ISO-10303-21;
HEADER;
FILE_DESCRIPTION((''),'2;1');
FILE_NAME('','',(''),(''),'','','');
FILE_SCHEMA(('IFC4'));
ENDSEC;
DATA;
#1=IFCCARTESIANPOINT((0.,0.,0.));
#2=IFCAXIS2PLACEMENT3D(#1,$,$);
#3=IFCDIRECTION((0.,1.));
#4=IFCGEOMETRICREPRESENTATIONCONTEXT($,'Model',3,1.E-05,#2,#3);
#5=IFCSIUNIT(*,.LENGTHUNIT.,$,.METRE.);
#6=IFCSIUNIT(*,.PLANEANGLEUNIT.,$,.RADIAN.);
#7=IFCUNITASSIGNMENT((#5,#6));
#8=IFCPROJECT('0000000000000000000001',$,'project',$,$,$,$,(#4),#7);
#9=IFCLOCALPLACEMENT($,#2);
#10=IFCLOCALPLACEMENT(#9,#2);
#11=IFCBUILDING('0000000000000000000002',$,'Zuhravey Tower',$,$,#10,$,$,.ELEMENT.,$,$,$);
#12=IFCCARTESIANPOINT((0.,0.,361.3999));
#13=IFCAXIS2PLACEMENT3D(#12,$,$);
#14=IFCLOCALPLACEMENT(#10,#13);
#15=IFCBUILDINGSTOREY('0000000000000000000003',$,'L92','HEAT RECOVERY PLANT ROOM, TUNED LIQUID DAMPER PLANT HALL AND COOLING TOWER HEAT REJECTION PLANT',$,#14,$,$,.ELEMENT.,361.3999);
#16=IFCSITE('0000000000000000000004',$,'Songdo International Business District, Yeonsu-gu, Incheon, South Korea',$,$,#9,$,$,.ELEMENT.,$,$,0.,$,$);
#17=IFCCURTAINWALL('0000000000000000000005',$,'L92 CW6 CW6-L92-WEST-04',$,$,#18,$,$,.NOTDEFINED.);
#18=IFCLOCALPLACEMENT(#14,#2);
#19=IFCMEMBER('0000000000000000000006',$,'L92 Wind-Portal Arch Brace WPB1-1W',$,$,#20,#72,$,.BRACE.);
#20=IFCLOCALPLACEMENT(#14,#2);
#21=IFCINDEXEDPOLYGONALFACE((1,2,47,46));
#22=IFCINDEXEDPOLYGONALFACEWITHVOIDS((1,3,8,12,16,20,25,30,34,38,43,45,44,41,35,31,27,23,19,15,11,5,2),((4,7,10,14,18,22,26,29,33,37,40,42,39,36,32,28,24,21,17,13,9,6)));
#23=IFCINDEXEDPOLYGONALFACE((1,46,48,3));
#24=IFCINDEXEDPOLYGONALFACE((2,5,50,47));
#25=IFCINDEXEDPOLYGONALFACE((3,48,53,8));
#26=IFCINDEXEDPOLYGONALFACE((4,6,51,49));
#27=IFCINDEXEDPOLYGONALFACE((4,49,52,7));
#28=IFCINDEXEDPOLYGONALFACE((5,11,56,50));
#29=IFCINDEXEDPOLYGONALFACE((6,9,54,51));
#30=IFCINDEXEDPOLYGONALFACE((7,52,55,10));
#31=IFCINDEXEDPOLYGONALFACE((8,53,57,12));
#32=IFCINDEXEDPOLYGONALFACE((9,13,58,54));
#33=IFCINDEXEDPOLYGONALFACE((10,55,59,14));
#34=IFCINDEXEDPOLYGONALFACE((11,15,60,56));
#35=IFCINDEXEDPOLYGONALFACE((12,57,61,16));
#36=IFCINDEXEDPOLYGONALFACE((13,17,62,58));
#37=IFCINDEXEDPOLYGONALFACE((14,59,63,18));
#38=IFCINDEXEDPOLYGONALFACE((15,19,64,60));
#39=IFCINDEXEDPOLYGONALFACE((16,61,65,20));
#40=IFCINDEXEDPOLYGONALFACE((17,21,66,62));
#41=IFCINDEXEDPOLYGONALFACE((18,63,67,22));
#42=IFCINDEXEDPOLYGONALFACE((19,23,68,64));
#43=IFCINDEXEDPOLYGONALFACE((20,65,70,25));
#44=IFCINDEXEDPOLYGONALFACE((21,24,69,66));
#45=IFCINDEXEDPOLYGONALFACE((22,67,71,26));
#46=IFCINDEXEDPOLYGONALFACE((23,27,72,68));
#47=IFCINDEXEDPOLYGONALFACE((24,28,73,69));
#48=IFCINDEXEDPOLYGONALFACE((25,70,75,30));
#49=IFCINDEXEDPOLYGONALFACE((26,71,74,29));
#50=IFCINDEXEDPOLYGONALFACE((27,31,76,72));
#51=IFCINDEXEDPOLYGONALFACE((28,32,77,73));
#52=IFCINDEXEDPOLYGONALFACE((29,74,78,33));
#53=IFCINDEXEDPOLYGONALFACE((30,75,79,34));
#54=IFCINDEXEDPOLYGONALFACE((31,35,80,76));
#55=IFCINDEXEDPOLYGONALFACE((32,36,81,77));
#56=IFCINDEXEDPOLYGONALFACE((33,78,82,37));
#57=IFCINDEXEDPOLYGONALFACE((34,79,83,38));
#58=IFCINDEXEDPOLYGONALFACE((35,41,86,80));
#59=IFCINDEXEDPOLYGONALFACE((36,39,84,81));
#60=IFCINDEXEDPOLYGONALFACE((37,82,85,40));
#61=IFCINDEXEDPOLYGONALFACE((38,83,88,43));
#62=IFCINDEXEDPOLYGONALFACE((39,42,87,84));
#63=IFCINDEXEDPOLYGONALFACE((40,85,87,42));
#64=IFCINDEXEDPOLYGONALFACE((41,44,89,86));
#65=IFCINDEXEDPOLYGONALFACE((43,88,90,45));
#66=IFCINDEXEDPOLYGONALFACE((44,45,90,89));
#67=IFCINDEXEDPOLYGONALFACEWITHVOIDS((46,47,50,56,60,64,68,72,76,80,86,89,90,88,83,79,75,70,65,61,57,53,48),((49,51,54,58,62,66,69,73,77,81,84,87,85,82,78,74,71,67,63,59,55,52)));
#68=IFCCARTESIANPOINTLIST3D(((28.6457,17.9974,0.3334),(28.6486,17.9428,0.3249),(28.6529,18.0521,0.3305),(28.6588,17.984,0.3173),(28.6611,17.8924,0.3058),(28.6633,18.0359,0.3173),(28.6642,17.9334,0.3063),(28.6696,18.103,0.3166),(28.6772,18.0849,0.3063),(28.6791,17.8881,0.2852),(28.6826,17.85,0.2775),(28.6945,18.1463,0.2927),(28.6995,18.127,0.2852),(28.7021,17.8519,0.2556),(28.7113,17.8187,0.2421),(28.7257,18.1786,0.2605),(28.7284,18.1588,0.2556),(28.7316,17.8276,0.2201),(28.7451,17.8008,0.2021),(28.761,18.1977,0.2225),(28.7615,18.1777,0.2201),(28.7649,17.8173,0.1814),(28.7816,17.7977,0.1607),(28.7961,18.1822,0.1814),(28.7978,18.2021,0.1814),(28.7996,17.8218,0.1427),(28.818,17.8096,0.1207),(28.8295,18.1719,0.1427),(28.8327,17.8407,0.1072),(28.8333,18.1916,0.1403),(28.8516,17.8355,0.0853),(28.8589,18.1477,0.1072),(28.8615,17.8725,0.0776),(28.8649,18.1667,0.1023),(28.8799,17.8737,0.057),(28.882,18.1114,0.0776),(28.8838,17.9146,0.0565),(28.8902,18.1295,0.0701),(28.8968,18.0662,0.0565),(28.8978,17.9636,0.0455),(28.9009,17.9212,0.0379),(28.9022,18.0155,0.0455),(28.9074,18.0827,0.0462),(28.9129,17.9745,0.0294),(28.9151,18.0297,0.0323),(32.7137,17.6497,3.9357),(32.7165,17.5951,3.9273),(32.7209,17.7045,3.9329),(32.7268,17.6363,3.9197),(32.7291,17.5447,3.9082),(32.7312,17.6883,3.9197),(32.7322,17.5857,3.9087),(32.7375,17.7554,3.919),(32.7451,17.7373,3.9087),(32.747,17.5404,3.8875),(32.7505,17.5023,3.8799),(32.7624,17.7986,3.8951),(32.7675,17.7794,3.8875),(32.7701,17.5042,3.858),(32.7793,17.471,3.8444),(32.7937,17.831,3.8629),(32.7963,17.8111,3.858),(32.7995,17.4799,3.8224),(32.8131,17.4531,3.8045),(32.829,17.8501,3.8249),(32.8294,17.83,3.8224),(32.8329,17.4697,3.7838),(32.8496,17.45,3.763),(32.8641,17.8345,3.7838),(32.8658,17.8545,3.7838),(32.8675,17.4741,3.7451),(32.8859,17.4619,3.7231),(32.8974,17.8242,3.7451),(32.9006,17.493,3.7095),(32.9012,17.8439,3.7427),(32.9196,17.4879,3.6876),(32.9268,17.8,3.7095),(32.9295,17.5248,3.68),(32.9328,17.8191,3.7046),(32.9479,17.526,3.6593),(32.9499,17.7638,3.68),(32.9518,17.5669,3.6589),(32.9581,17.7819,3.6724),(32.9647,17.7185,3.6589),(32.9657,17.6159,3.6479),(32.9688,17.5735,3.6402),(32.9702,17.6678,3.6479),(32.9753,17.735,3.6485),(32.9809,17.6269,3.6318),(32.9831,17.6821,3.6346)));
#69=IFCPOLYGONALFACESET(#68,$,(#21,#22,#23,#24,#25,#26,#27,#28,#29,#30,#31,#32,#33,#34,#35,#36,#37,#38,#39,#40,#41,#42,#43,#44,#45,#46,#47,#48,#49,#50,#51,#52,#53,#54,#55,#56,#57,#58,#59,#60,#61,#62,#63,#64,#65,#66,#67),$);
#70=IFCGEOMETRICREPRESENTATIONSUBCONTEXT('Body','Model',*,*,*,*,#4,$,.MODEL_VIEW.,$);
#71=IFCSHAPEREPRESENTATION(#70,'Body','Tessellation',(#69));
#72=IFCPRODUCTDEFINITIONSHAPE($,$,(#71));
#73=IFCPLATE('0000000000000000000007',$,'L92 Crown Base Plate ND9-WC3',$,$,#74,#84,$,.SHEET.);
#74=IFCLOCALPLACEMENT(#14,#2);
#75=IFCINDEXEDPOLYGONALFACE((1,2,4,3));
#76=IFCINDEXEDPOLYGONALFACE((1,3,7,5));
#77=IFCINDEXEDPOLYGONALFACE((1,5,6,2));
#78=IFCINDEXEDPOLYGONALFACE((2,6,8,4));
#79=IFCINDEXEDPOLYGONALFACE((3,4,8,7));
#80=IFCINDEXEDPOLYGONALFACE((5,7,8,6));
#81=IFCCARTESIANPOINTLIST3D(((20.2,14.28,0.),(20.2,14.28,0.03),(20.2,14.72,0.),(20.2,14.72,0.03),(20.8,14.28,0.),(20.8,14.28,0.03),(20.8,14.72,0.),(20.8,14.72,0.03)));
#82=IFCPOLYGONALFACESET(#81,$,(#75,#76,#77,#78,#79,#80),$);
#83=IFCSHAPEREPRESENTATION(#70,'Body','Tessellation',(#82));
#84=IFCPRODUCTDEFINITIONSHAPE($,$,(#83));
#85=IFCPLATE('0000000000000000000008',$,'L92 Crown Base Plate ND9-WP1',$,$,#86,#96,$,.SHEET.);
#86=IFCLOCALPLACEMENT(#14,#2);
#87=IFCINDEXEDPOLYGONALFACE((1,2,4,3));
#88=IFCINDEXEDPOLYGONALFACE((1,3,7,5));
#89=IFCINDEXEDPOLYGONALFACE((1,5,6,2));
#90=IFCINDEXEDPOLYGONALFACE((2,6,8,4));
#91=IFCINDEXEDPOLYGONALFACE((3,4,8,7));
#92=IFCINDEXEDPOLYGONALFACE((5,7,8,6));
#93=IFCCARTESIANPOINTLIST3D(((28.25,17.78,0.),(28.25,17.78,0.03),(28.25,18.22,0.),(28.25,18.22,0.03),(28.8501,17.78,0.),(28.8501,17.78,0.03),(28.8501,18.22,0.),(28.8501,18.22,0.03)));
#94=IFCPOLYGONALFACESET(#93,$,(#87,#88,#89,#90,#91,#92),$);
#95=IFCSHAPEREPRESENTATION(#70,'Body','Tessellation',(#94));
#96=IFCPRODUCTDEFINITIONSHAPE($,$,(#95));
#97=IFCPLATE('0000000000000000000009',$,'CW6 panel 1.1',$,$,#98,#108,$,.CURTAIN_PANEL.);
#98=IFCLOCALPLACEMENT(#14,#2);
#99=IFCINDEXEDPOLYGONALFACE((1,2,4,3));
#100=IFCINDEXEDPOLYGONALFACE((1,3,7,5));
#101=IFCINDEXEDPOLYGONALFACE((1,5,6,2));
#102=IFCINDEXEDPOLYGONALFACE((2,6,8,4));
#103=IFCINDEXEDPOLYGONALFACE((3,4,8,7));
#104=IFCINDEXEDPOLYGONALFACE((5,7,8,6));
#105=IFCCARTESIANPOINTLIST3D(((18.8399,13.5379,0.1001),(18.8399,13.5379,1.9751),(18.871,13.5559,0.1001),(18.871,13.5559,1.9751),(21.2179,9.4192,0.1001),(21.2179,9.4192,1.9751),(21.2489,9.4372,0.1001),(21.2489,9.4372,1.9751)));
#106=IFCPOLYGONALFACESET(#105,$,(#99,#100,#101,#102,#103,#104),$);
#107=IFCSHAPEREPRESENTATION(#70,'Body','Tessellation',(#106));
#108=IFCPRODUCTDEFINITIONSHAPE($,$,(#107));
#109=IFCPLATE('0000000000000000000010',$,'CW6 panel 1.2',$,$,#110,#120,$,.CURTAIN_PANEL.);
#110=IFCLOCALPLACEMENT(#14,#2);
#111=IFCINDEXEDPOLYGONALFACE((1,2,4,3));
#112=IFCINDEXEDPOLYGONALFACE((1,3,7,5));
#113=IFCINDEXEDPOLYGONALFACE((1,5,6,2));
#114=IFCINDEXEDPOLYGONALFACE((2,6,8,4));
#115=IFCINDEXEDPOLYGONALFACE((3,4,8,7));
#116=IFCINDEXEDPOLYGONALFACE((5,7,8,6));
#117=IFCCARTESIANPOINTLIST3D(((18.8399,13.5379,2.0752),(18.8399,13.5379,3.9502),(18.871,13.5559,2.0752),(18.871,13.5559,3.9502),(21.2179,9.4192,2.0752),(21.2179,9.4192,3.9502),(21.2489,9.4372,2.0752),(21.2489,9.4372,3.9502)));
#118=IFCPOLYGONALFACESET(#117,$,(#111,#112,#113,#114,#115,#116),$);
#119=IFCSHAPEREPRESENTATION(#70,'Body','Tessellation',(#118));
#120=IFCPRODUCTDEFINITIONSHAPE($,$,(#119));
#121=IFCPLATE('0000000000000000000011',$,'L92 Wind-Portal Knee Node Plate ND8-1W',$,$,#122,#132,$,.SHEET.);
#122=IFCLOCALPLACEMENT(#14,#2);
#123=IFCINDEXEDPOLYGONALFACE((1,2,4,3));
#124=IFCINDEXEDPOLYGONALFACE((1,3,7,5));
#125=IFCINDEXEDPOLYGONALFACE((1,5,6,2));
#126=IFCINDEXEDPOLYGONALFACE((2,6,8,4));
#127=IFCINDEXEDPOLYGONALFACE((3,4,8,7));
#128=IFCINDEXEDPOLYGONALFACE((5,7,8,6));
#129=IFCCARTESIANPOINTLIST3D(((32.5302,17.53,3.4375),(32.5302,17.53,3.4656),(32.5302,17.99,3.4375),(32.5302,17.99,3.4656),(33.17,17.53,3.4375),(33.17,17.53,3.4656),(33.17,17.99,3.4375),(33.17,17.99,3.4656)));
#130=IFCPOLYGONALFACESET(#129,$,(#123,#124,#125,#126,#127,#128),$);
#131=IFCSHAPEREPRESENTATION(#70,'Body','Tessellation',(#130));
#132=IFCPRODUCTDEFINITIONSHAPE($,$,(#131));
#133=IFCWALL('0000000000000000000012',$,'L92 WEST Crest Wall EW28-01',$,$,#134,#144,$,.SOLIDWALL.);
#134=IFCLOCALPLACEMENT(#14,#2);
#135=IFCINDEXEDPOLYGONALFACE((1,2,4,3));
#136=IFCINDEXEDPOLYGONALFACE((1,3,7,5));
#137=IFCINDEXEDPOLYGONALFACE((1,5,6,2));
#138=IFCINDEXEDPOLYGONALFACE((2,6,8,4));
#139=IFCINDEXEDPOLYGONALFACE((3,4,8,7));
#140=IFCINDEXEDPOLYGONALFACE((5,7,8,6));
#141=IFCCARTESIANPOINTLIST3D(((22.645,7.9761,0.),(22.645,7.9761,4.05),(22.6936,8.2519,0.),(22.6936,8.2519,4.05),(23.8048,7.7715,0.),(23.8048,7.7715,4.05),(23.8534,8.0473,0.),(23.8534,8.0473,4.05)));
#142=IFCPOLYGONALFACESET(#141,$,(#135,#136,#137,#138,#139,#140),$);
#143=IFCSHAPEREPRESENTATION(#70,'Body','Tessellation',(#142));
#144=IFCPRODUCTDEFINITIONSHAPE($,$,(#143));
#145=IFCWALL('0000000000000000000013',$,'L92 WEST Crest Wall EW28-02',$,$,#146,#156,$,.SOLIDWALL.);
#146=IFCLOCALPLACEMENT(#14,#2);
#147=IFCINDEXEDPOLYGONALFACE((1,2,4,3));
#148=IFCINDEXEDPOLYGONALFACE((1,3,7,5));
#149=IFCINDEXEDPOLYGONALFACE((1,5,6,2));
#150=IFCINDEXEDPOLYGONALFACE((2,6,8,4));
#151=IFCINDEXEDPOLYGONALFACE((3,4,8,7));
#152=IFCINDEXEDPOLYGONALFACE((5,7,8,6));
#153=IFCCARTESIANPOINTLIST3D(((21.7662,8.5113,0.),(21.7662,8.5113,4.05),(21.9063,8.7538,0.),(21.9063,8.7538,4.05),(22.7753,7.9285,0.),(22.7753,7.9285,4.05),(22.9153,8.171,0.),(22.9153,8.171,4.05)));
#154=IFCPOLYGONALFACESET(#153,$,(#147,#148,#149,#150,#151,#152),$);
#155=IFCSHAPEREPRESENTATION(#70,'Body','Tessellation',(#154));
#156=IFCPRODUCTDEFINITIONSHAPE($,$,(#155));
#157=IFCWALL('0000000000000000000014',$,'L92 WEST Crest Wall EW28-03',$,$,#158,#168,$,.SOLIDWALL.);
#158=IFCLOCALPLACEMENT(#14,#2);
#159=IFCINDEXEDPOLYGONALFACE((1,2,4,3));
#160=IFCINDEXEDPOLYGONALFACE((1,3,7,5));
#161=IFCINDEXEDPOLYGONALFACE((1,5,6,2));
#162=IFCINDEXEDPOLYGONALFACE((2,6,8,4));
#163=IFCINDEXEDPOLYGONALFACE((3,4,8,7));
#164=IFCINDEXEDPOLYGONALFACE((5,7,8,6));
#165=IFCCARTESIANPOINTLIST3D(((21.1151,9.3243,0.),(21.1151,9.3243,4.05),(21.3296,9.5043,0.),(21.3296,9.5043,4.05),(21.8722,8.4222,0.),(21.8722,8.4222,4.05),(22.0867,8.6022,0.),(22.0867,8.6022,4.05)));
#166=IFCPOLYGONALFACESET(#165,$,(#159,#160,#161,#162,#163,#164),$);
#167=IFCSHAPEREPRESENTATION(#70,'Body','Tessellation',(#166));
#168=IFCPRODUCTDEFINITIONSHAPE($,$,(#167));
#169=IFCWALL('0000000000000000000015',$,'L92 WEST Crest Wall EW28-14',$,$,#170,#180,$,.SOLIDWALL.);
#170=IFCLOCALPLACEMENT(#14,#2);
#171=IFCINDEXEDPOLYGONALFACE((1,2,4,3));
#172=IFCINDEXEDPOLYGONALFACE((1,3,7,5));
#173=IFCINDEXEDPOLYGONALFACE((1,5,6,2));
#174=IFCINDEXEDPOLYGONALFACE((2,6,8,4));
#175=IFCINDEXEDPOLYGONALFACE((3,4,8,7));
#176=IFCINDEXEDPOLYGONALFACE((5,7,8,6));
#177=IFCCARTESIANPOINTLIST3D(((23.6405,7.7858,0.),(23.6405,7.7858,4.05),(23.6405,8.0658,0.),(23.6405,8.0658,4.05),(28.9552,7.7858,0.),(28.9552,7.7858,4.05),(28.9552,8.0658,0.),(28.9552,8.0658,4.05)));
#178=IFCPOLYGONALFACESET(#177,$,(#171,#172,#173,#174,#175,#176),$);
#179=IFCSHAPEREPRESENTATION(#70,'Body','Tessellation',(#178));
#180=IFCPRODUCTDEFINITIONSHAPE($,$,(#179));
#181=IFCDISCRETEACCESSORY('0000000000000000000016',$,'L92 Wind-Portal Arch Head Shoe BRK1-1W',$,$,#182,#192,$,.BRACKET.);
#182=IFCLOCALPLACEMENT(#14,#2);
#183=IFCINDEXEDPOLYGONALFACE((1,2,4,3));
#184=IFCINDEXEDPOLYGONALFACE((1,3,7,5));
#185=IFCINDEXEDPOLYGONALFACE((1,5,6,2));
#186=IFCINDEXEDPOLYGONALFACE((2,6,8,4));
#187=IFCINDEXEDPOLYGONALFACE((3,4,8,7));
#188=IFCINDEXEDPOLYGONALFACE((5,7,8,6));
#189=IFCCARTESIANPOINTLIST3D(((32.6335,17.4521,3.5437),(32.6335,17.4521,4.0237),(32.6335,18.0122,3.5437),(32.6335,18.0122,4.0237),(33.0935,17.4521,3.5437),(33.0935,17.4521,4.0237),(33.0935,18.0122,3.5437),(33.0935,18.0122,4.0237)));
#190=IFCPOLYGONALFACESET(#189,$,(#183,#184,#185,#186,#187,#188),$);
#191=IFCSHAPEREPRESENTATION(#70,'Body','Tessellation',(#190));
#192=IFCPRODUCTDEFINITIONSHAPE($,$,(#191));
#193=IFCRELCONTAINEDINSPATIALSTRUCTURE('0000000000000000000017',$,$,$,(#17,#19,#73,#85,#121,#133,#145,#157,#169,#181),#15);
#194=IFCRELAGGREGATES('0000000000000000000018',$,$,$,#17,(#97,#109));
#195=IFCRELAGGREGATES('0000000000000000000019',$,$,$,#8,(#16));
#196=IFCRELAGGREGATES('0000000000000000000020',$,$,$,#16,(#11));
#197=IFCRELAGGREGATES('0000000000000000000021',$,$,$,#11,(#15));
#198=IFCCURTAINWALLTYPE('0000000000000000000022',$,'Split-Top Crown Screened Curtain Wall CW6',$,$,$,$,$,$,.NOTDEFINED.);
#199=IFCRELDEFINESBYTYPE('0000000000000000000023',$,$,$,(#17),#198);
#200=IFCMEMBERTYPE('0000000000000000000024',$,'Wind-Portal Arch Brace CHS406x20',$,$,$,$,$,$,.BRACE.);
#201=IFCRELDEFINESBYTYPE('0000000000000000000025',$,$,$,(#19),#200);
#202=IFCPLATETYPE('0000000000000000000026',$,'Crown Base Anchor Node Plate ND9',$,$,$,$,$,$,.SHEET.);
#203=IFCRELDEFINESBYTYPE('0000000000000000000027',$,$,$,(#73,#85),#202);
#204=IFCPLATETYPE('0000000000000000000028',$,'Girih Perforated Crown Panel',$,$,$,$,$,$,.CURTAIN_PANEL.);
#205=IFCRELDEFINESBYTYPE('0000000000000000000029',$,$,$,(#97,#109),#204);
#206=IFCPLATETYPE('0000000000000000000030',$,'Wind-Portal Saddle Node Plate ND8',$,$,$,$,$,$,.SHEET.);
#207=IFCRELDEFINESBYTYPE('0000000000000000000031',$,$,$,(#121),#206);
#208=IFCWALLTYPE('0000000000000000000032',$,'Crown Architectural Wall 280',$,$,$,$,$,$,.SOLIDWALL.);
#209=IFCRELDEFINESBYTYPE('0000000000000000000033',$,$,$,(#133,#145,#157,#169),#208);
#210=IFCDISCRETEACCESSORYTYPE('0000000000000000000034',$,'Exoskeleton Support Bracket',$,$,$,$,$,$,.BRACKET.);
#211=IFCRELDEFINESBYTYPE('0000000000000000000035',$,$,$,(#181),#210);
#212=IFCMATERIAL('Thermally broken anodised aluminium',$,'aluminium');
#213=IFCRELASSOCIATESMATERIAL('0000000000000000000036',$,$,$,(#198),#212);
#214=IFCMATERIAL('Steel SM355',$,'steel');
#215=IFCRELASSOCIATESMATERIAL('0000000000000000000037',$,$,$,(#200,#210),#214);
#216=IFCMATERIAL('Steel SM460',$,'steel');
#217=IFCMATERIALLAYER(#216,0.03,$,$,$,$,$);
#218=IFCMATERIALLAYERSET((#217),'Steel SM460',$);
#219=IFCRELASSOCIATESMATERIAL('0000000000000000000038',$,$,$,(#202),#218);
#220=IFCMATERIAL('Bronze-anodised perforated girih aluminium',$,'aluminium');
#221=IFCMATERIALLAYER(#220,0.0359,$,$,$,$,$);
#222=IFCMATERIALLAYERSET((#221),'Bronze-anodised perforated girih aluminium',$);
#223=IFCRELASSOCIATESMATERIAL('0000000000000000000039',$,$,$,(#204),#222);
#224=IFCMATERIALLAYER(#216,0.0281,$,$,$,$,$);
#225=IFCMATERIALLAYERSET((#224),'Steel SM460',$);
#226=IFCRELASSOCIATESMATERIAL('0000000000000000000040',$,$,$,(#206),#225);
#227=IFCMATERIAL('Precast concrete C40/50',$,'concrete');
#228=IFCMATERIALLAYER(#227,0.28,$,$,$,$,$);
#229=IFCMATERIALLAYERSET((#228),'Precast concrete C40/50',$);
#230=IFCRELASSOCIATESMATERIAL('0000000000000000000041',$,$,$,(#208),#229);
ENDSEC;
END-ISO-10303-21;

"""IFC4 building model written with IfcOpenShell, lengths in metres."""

from ifc_helpers import new_model, si_unit, direction, frame, frame_2d, origin, origin_2d, place, context, subcontext, project, spatial, rectangle, hollow_circle, extrude, material, layer, layer_set, material_profile, profile_set, type_object, element, aggregate, save


model = new_model("IFC4")

# Units and contexts
model_context = context("Model", 3, precision=1e-05, world=origin(), true_north=direction((0.0, 1.0)))
body_context = subcontext(model_context, "Body", "Model", "MODEL_VIEW")
ifc_project = project(units=[si_unit("LENGTHUNIT", "METRE"), si_unit("PLANEANGLEUNIT", "RADIAN")], contexts=[model_context])

# Site, building, storey
site_placement = place(None, origin())
site = spatial("IfcSite", under=ifc_project, at=site_placement, Name="Songdo International Business District, Yeonsu-gu, Incheon, South Korea", CompositionType="ELEMENT", RefElevation=0.0)
building_placement = place(site_placement, origin())
building = spatial("IfcBuilding", under=site, at=building_placement, Name="Zuhravey Tower", CompositionType="ELEMENT")
storey_placement = place(building_placement, frame((0.0, 0.0, 361.3999)))
storey = spatial("IfcBuildingStorey", under=building, at=storey_placement, Name="L92", Description="HEAT RECOVERY PLANT ROOM, TUNED LIQUID DAMPER PLANT HALL AND COOLING TOWER HEAT REJECTION PLANT", CompositionType="ELEMENT", Elevation=361.3999)

# Shared definitions
ifc_material_1 = material(Name="Steel SM355", Category="steel")

# Curtain wall
ifc_material_2 = material(Name="Thermally broken anodised aluminium", Category="aluminium")
curtain_wall_type = type_object("IfcCurtainWallType", Name="Split-Top Crown Screened Curtain Wall CW6", PredefinedType="NOTDEFINED", material=ifc_material_2)
curtain_wall_placement = place(storey_placement, origin())
curtain_wall = element("IfcCurtainWall", 1, at=curtain_wall_placement, inside=storey, type_object=curtain_wall_type, Name="L92 CW6 CW6-L92-WEST-04", PredefinedType="NOTDEFINED")

# Member
ifc_material_profile_1 = material_profile(ifc_material_1, hollow_circle(Radius=0.2031, WallThickness=0.02, at=origin_2d()), Name="CHS-406.4x20")
ifc_profile_set_1 = profile_set([ifc_material_profile_1], Name="Steel SM355")
member_type_1 = type_object("IfcMemberType", Name="Wind-Portal Arch Brace CHS406x20", PredefinedType="BRACE", material=ifc_profile_set_1)
member_1_placement = place(storey_placement, frame((28.7805, 17.9998, 0.1814), z_axis=(0.747122, -0.063852, 0.661613), x_axis=(0.085154, 0.996368, 0.0)))
element("IfcMember", 2, at=member_1_placement, inside=storey, type_object=member_type_1, Name="L92 Wind-Portal Arch Brace WPB1-1W", PredefinedType="BRACE", context=body_context, shape_type="SweptSolid", body=[
    extrude(hollow_circle(Radius=0.2031, WallThickness=0.02, at=origin_2d()), origin(), (0.0, 0.0, 1.0), 5.4448),
])

# Plates
ifc_material_3 = material(Name="Steel SM460", Category="steel")
ifc_layer_1 = layer(ifc_material_3, 0.03)
ifc_layer_set_1 = layer_set([ifc_layer_1], Name="Steel SM460")
plate_type_1 = type_object("IfcPlateType", Name="Crown Base Anchor Node Plate ND9", PredefinedType="SHEET", material=ifc_layer_set_1)
for number, where, z_axis, x_axis, name in (
    (3, (20.5, 14.5, 0.0), (0.0, 0.0, 1.0), (1.0, 0.0, 0.0), "L92 Crown Base Plate ND9-WC3"),
    (4, (28.55, 18.0, 0.0), (0.0, 0.0, 1.0), (1.0, 0.0, 0.0), "L92 Crown Base Plate ND9-WP1"),
):
    element("IfcPlate", number, at=place(storey_placement, frame(where, z_axis=z_axis, x_axis=x_axis)), inside=storey, type_object=plate_type_1, Name=name, PredefinedType="SHEET", context=body_context, shape_type="SweptSolid", body=[
        extrude(rectangle(XDim=0.6001, YDim=0.4399, at=origin_2d()), origin(), (0.0, 0.0, 1.0), 0.03),
    ])

# Plates
ifc_material_4 = material(Name="Bronze-anodised perforated girih aluminium", Category="aluminium")
ifc_layer_2 = layer(ifc_material_4, 0.0359)
ifc_layer_set_2 = layer_set([ifc_layer_2], Name="Bronze-anodised perforated girih aluminium")
plate_type_2 = type_object("IfcPlateType", Name="Girih Perforated Crown Panel", PredefinedType="CURTAIN_PANEL", material=ifc_layer_set_2)
plate_1_placement = place(storey_placement, frame((20.0444, 11.4875, 0.1001), z_axis=(0.0, 0.0, 1.0), x_axis=(-0.499997, 0.866027, 0.0)))
plate_1 = element("IfcPlate", 5, at=plate_1_placement, type_object=plate_type_2, Name="CW6 panel 1.1", PredefinedType="CURTAIN_PANEL", context=body_context, shape_type="SweptSolid", body=[
    extrude(rectangle(XDim=4.7559, YDim=0.0359, at=origin_2d()), origin(), (0.0, 0.0, 1.0), 1.875),
])
plate_2_placement = place(storey_placement, frame((20.0444, 11.4875, 2.0752), z_axis=(0.0, 0.0, 1.0), x_axis=(-0.499997, 0.866027, 0.0)))
plate_2 = element("IfcPlate", 6, at=plate_2_placement, type_object=plate_type_2, Name="CW6 panel 1.2", PredefinedType="CURTAIN_PANEL", context=body_context, shape_type="SweptSolid", body=[
    extrude(rectangle(XDim=4.7559, YDim=0.0359, at=origin_2d()), origin(), (0.0, 0.0, 1.0), 1.875),
])
aggregate(curtain_wall, [plate_1, plate_2])
ifc_layer_3 = layer(ifc_material_3, 0.0281)
ifc_layer_set_3 = layer_set([ifc_layer_3], Name="Steel SM460")
plate_type_3 = type_object("IfcPlateType", Name="Wind-Portal Saddle Node Plate ND8", PredefinedType="SHEET", material=ifc_layer_set_3)
plate_3_placement = place(storey_placement, frame((32.8501, 17.76, 3.4375), z_axis=(0.0, 0.0, 1.0), x_axis=(1.0, 0.0, 0.0)))
element("IfcPlate", 7, at=plate_3_placement, inside=storey, type_object=plate_type_3, Name="L92 Wind-Portal Knee Node Plate ND8-1W", PredefinedType="SHEET", context=body_context, shape_type="SweptSolid", body=[
    extrude(rectangle(XDim=0.6399, YDim=0.46, at=origin_2d()), origin(), (0.0, 0.0, 1.0), 0.0281),
])

# Walls
ifc_material_5 = material(Name="Precast concrete C40/50", Category="concrete")
ifc_layer_4 = layer(ifc_material_5, 0.28)
ifc_layer_set_4 = layer_set([ifc_layer_4], Name="Precast concrete C40/50")
wall_type = type_object("IfcWallType", Name="Crown Architectural Wall 280", PredefinedType="SOLIDWALL", material=ifc_layer_set_4)
wall_1_placement = place(storey_placement, frame((23.8291, 7.9094, 0.0), z_axis=(0.0, 0.0, 1.0), x_axis=(-0.984798, 0.173703, 0.0)))
element("IfcWall", 8, at=wall_1_placement, inside=storey, type_object=wall_type, Name="L92 WEST Crest Wall EW28-01", PredefinedType="SOLIDWALL", context=body_context, shape_type="SweptSolid", body=[
    extrude(rectangle(XDim=1.1777, YDim=0.28, at=frame_2d((0.5889, 0.0))), origin(), (0.0, 0.0, 1.0), 4.05),
])
wall_2_placement = place(storey_placement, frame((22.8452, 8.0498, 0.0), z_axis=(0.0, 0.0, 1.0), x_axis=(-0.865952, 0.500127, 0.0)))
element("IfcWall", 9, at=wall_2_placement, inside=storey, type_object=wall_type, Name="L92 WEST Crest Wall EW28-02", PredefinedType="SOLIDWALL", context=body_context, shape_type="SweptSolid", body=[
    extrude(rectangle(XDim=1.1653, YDim=0.28, at=frame_2d((0.5825, 0.0))), origin(), (0.0, 0.0, 1.0), 4.05),
])
wall_3_placement = place(storey_placement, frame((21.9795, 8.5122, 0.0), z_axis=(0.0, 0.0, 1.0), x_axis=(-0.642852, 0.765991, 0.0)))
element("IfcWall", 10, at=wall_3_placement, inside=storey, type_object=wall_type, Name="L92 WEST Crest Wall EW28-03", PredefinedType="SOLIDWALL", context=body_context, shape_type="SweptSolid", body=[
    extrude(rectangle(XDim=1.1777, YDim=0.28, at=frame_2d((0.5889, 0.0))), origin(), (0.0, 0.0, 1.0), 4.05),
])
wall_4_placement = place(storey_placement, frame((28.9551, 7.9258, 0.0), z_axis=(0.0, 0.0, 1.0), x_axis=(-1.0, 0.0, 0.0)))
element("IfcWall", 11, at=wall_4_placement, inside=storey, type_object=wall_type, Name="L92 WEST Crest Wall EW28-14", PredefinedType="SOLIDWALL", context=body_context, shape_type="SweptSolid", body=[
    extrude(rectangle(XDim=5.3147, YDim=0.28, at=frame_2d((2.6572, 0.0))), origin(), (0.0, 0.0, 1.0), 4.05),
])

# Discrete accessory
discrete_accessory_type = type_object("IfcDiscreteAccessoryType", Name="Exoskeleton Support Bracket", PredefinedType="BRACKET", material=ifc_material_1)
for number, where, z_axis, x_axis, name in (
    (12, (32.8635, 17.7322, 3.5437), (0.0, 0.0, 1.0), (1.0, 0.0, 0.0), "L92 Wind-Portal Arch Head Shoe BRK1-1W"),
):
    element("IfcDiscreteAccessory", number, at=place(storey_placement, frame(where, z_axis=z_axis, x_axis=x_axis)), inside=storey, type_object=discrete_accessory_type, Name=name, PredefinedType="BRACKET", context=body_context, shape_type="SweptSolid", body=[
        extrude(rectangle(XDim=0.46, YDim=0.5601, at=origin_2d()), origin(), (0.0, 0.0, 1.0), 0.48),
    ])

save(model, "model.ifc")
